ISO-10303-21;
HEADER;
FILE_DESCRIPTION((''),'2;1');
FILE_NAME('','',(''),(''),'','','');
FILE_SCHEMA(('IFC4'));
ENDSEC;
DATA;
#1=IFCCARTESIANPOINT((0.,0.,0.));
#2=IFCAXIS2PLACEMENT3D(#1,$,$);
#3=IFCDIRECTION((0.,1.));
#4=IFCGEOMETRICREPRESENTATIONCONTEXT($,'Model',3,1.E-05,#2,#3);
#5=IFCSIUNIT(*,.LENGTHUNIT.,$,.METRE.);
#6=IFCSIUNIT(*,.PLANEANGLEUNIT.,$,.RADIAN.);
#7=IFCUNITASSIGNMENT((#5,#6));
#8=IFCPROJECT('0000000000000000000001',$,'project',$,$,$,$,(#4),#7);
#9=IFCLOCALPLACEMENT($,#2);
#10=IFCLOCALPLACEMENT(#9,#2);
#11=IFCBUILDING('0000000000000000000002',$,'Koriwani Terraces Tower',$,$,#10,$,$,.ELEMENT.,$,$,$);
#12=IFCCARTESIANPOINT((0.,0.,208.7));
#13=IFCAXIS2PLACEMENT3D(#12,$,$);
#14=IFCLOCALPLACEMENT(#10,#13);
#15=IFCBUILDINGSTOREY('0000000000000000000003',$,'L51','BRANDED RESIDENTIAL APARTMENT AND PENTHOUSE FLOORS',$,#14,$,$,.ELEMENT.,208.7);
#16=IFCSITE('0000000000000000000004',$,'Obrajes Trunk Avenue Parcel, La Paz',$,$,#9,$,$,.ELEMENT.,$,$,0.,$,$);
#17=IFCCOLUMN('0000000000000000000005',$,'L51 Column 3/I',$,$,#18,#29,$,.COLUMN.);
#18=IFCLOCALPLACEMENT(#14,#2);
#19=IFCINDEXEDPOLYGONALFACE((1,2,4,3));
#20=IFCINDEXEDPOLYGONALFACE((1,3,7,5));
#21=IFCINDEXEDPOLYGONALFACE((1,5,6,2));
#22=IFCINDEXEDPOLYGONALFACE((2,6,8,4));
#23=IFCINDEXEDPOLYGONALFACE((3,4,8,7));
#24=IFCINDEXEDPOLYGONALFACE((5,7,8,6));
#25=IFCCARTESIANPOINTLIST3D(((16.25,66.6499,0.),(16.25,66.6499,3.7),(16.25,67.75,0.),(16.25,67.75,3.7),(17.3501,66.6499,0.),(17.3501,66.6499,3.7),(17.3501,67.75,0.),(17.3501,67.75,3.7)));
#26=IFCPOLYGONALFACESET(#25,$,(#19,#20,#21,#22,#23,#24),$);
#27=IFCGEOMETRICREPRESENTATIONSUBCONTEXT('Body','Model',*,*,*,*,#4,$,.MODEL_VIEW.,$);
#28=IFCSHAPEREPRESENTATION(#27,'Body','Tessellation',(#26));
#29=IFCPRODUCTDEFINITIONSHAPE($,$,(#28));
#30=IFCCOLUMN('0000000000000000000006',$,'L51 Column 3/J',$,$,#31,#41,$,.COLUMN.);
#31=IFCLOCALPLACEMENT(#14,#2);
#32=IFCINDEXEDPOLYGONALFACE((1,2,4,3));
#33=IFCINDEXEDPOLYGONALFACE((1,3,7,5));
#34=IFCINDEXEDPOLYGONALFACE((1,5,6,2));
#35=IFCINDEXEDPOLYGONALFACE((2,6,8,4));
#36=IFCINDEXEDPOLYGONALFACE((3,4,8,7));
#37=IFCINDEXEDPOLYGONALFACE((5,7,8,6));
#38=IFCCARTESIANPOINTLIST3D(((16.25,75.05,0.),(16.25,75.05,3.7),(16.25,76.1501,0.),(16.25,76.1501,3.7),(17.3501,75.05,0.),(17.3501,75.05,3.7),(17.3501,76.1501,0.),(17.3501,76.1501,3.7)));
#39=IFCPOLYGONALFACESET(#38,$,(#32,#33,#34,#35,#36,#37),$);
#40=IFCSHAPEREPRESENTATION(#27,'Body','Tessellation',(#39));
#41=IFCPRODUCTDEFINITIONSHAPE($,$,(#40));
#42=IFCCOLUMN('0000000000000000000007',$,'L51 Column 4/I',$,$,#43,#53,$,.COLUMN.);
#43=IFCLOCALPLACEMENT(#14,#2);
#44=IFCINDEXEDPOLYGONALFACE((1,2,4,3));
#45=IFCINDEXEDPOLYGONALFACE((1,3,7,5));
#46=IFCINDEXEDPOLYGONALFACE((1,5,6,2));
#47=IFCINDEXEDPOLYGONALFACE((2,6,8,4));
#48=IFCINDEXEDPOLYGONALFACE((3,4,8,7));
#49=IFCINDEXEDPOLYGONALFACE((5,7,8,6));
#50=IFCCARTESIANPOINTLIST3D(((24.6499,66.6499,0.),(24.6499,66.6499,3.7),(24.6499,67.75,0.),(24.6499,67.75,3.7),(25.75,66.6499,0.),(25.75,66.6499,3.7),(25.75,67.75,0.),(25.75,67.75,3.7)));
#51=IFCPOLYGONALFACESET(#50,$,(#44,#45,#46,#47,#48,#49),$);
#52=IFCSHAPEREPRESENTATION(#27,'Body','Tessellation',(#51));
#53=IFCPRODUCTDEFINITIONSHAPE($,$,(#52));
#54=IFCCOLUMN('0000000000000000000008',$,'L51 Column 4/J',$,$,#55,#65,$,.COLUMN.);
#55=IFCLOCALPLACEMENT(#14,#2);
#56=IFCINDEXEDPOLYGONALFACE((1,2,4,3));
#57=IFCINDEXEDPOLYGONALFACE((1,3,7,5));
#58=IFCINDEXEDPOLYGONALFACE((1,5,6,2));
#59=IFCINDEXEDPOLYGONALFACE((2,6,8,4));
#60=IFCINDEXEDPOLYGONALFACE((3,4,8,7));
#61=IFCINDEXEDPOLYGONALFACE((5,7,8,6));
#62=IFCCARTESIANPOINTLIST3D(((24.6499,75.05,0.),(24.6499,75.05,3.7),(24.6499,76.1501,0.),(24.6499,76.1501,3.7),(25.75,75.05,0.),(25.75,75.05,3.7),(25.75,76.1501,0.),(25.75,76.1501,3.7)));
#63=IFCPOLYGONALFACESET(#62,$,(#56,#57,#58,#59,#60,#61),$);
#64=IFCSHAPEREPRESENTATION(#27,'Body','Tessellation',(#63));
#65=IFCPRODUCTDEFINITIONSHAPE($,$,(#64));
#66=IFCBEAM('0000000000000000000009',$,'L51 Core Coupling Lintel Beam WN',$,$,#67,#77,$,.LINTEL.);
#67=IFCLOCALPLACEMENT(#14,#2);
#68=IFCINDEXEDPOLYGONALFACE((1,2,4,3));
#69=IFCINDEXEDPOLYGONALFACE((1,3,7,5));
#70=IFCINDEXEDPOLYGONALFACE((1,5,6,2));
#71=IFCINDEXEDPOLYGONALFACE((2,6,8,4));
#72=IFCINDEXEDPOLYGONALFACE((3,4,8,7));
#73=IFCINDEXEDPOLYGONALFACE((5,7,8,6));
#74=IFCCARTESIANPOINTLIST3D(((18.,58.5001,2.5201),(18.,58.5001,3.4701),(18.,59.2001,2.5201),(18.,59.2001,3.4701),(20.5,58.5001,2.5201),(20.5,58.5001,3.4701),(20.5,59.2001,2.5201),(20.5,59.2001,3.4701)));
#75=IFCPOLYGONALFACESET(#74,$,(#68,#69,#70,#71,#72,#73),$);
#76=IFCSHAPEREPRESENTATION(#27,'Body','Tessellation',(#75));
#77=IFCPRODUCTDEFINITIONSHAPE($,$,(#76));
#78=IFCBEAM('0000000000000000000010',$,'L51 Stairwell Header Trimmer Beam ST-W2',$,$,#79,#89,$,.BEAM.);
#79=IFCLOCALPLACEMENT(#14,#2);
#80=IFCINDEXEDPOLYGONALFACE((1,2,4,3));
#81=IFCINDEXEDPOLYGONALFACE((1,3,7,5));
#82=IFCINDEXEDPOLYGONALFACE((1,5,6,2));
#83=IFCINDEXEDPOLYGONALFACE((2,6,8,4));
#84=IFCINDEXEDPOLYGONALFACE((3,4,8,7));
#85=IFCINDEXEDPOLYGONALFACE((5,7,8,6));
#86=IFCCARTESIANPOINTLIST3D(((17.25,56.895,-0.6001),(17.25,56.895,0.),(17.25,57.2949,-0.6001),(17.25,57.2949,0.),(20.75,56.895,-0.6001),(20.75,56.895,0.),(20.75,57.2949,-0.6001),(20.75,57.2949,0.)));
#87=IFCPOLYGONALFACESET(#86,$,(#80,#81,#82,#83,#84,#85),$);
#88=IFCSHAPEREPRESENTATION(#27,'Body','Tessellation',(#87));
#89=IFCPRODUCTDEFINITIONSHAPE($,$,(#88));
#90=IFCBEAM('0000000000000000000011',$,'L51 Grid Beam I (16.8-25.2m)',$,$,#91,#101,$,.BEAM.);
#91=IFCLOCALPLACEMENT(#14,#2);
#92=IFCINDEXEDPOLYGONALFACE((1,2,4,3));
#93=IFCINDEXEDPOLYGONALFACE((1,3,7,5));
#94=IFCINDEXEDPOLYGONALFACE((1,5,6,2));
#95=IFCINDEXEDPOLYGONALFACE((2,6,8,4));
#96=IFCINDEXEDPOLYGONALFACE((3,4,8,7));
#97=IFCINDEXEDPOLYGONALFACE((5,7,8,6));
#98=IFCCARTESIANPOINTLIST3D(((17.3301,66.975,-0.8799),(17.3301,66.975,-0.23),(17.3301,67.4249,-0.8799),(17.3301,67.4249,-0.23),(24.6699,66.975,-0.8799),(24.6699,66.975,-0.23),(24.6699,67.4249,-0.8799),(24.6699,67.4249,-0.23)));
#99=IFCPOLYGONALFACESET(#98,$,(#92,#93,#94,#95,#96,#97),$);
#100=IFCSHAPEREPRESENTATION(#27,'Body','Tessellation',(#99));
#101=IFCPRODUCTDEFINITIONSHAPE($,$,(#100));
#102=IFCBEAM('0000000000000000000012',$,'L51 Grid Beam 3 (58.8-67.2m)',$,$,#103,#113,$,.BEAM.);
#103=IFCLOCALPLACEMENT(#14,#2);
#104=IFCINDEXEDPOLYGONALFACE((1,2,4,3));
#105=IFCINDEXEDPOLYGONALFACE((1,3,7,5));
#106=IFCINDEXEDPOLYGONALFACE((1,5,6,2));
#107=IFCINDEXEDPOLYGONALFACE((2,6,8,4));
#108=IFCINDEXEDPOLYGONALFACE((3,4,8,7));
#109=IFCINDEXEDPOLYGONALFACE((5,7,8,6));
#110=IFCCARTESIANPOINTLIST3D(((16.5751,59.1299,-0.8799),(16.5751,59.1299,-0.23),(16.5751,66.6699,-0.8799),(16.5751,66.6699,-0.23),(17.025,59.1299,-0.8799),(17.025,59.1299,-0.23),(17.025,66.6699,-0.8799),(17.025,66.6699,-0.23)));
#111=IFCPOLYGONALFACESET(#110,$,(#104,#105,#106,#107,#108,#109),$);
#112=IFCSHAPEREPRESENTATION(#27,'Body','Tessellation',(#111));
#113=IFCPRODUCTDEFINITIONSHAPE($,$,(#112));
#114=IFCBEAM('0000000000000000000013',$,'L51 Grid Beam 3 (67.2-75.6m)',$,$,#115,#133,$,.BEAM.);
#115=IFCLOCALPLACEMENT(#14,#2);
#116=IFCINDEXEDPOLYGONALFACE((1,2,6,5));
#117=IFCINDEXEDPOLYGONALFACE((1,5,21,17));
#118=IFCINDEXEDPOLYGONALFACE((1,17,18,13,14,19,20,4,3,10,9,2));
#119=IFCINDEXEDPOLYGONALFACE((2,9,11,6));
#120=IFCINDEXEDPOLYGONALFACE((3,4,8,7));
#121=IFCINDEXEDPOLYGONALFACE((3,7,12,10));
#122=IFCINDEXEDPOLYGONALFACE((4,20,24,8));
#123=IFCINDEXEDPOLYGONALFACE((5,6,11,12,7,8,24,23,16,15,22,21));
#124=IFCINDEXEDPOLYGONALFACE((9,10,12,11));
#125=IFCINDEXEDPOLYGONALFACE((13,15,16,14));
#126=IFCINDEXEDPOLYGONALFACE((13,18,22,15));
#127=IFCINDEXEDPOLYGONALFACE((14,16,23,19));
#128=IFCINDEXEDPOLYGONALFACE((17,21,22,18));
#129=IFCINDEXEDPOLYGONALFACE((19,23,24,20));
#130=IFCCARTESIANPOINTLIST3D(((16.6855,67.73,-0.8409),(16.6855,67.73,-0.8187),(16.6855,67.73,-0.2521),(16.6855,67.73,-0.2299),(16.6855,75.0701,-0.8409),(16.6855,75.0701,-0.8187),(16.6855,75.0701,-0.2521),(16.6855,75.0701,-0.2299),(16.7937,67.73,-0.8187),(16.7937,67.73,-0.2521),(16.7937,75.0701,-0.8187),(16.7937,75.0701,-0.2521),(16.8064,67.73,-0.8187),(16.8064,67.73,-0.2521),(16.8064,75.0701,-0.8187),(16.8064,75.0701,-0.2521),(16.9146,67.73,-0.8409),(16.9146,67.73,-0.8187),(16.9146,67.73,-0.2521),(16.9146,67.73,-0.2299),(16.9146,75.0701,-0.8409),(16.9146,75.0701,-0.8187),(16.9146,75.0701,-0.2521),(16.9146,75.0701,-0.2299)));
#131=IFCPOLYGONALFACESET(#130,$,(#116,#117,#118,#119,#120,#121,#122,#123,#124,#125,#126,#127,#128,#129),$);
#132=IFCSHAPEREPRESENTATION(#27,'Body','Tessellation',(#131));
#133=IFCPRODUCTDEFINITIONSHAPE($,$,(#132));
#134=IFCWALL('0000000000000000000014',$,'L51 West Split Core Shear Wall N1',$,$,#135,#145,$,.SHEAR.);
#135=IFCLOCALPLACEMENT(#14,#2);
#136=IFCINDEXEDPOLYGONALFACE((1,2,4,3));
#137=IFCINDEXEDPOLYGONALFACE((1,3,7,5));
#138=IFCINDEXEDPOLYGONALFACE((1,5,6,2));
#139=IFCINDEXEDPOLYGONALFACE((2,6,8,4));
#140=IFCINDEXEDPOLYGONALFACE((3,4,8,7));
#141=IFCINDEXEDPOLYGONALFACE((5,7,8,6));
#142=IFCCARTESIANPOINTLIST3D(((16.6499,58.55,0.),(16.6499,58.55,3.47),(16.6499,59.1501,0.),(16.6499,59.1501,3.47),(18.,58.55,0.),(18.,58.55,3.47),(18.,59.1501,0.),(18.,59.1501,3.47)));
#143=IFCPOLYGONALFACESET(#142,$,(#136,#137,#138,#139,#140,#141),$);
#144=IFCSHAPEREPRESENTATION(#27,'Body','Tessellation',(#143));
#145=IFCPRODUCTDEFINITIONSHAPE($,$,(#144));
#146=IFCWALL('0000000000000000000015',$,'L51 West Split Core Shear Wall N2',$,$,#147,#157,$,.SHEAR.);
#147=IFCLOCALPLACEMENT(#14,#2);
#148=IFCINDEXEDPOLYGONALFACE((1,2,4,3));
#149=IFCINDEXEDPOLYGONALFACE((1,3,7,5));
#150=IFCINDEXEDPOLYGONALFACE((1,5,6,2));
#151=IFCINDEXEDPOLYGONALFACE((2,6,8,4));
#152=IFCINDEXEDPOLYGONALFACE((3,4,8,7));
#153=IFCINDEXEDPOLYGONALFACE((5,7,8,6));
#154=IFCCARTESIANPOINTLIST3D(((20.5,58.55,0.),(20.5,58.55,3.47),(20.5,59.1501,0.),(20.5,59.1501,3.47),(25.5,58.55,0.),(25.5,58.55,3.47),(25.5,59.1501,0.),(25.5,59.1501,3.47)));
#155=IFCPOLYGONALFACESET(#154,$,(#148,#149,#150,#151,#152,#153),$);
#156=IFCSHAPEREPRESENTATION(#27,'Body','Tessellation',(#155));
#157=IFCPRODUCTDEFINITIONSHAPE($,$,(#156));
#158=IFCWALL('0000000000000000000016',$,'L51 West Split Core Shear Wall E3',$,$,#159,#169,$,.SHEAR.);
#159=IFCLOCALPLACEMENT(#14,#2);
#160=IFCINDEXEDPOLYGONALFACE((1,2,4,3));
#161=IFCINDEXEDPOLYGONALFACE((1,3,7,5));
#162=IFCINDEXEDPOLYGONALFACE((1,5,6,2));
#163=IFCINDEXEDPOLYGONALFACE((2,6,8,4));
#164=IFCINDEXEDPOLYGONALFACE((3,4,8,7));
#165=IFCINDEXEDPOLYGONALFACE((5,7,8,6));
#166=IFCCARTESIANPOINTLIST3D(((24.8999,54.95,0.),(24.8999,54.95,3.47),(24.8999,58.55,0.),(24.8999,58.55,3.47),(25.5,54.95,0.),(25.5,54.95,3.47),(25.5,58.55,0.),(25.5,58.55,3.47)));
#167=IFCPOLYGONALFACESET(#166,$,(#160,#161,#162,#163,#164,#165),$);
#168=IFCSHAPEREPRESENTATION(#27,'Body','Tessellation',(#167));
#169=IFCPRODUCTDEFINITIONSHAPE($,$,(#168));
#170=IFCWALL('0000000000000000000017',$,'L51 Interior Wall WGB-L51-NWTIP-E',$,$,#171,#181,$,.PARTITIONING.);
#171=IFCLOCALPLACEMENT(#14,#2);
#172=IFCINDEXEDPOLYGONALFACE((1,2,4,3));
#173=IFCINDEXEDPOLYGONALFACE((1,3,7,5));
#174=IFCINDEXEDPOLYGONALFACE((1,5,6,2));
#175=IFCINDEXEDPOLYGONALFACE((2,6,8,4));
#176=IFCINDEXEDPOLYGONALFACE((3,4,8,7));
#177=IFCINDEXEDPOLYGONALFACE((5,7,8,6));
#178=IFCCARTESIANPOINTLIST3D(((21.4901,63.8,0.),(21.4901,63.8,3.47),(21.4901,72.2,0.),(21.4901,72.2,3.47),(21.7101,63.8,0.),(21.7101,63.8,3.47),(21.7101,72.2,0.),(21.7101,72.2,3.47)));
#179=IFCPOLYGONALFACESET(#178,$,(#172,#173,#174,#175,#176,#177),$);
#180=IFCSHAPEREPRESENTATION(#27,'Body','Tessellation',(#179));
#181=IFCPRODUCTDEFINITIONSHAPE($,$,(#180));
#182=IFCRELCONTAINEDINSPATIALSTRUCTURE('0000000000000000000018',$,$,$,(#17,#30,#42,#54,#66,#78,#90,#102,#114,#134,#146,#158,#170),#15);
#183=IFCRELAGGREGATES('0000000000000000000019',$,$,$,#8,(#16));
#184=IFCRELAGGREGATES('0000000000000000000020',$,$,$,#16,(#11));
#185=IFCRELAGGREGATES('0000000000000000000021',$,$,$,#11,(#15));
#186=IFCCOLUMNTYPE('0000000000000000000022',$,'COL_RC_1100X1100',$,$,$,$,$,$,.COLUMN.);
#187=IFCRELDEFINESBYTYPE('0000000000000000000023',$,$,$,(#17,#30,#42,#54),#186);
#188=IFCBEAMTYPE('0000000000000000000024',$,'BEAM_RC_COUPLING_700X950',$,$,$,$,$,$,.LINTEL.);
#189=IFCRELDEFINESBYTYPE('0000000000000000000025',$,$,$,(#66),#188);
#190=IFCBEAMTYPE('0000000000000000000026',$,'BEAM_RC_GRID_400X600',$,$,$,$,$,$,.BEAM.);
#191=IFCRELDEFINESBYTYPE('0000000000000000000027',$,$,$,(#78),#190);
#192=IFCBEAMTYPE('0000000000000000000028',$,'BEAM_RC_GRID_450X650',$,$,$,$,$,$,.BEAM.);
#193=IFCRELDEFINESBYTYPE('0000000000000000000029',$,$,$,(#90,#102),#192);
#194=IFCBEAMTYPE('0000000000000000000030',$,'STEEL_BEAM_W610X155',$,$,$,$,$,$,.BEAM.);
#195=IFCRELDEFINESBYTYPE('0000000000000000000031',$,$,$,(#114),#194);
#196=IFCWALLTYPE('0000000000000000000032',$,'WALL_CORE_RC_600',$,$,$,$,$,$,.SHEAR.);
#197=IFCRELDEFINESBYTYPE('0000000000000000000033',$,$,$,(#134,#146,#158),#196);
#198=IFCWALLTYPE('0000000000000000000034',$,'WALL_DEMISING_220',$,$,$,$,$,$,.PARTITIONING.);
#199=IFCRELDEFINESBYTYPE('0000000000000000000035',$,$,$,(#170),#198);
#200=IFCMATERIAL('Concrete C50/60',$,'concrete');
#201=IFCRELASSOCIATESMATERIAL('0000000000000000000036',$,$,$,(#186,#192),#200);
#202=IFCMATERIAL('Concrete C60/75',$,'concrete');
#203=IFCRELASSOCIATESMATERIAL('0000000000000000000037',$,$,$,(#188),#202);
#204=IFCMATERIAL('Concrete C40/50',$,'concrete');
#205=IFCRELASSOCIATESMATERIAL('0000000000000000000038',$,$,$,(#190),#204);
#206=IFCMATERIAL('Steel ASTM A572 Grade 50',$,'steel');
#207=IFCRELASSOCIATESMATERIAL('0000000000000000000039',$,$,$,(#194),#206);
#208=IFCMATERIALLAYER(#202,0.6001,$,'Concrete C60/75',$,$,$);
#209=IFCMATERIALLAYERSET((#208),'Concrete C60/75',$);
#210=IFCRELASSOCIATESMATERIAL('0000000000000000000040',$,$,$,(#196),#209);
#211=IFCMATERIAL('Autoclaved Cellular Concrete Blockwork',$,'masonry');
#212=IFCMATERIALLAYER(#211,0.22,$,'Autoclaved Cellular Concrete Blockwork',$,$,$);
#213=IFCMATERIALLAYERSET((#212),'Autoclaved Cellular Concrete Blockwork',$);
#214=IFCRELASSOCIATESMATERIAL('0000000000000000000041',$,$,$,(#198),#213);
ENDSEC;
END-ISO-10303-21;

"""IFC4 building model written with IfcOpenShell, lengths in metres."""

from ifc_helpers import new_model, si_unit, direction, frame, frame_2d, origin, origin_2d, place, context, subcontext, project, spatial, rectangle, i_section, extrude, material, layer, layer_set, material_profile, profile_set, type_object, element, save


model = new_model("IFC4")

# Units and contexts
model_context = context("Model", 3, precision=1e-05, world=origin(), true_north=direction((0.0, 1.0)))
body_context = subcontext(model_context, "Body", "Model", "MODEL_VIEW")
ifc_project = project(units=[si_unit("LENGTHUNIT", "METRE"), si_unit("PLANEANGLEUNIT", "RADIAN")], contexts=[model_context])

# Site, building, storey
site_placement = place(None, origin())
site = spatial("IfcSite", under=ifc_project, at=site_placement, Name="Obrajes Trunk Avenue Parcel, La Paz", CompositionType="ELEMENT", RefElevation=0.0)
building_placement = place(site_placement, origin())
building = spatial("IfcBuilding", under=site, at=building_placement, Name="Koriwani Terraces Tower", CompositionType="ELEMENT")
storey_placement = place(building_placement, frame((0.0, 0.0, 208.7)))
storey = spatial("IfcBuildingStorey", under=building, at=storey_placement, Name="L51", Description="BRANDED RESIDENTIAL APARTMENT AND PENTHOUSE FLOORS", CompositionType="ELEMENT", Elevation=208.7)

# Columns
ifc_material_1 = material(Name="Concrete C50/60", Category="concrete")
ifc_material_profile_1 = material_profile(ifc_material_1, rectangle(XDim=1.1001, YDim=1.1001, at=origin_2d()), Name="Concrete C50/60", Category="LoadBearing")
ifc_profile_set_1 = profile_set([ifc_material_profile_1], Name="Concrete C50/60")
column_type = type_object("IfcColumnType", Name="COL_RC_1100X1100", PredefinedType="COLUMN", material=ifc_profile_set_1)
for number, where, z_axis, x_axis, name in (
    (1, (16.8, 67.2, 0.0), (0.0, 0.0, 1.0), (1.0, 0.0, 0.0), "L51 Column 3/I"),
    (2, (16.8, 75.6001, 0.0), (0.0, 0.0, 1.0), (1.0, 0.0, 0.0), "L51 Column 3/J"),
    (3, (25.2, 67.2, 0.0), (0.0, 0.0, 1.0), (1.0, 0.0, 0.0), "L51 Column 4/I"),
    (4, (25.2, 75.6001, 0.0), (0.0, 0.0, 1.0), (1.0, 0.0, 0.0), "L51 Column 4/J"),
):
    element("IfcColumn", number, at=place(storey_placement, frame(where, z_axis=z_axis, x_axis=x_axis)), inside=storey, type_object=column_type, Name=name, PredefinedType="COLUMN", context=body_context, shape_type="SweptSolid", body=[
        extrude(rectangle(XDim=1.1001, YDim=1.1001, at=origin_2d()), origin(), (0.0, 0.0, 1.0), 3.7),
    ])

# Beams
ifc_material_2 = material(Name="Concrete C60/75", Category="concrete")
ifc_material_profile_2 = material_profile(ifc_material_2, rectangle(XDim=0.7, YDim=0.95, at=origin_2d()), Name="Concrete C60/75", Category="LoadBearing")
ifc_profile_set_2 = profile_set([ifc_material_profile_2], Name="Concrete C60/75")
beam_type_1 = type_object("IfcBeamType", Name="BEAM_RC_COUPLING_700X950", PredefinedType="LINTEL", material=ifc_profile_set_2)
beam_1_placement = place(storey_placement, frame((18.0, 58.8501, 2.9951), z_axis=(1.0, 0.0, 0.0), x_axis=(0.0, 1.0, 0.0)))
element("IfcBeam", 5, at=beam_1_placement, inside=storey, type_object=beam_type_1, Name="L51 Core Coupling Lintel Beam WN", PredefinedType="LINTEL", context=body_context, shape_type="SweptSolid", body=[
    extrude(rectangle(XDim=0.7, YDim=0.95, at=origin_2d()), origin(), (0.0, 0.0, 1.0), 2.5),
])
ifc_material_3 = material(Name="Concrete C40/50", Category="concrete")
ifc_material_profile_3 = material_profile(ifc_material_3, rectangle(XDim=0.3999, YDim=0.6001, at=origin_2d()), Name="Concrete C40/50", Category="LoadBearing")
ifc_profile_set_3 = profile_set([ifc_material_profile_3], Name="Concrete C40/50")
beam_type_2 = type_object("IfcBeamType", Name="BEAM_RC_GRID_400X600", PredefinedType="BEAM", material=ifc_profile_set_3)
beam_2_placement = place(storey_placement, frame((17.25, 57.095, -0.3), z_axis=(1.0, 0.0, 0.0), x_axis=(0.0, 1.0, 0.0)))
element("IfcBeam", 6, at=beam_2_placement, inside=storey, type_object=beam_type_2, Name="L51 Stairwell Header Trimmer Beam ST-W2", PredefinedType="BEAM", context=body_context, shape_type="SweptSolid", body=[
    extrude(rectangle(XDim=0.3999, YDim=0.6001, at=origin_2d()), origin(), (0.0, 0.0, 1.0), 3.5),
])
ifc_material_profile_4 = material_profile(ifc_material_1, rectangle(XDim=0.45, YDim=0.6499, at=origin_2d()), Name="Concrete C50/60", Category="LoadBearing")
ifc_profile_set_4 = profile_set([ifc_material_profile_4], Name="Concrete C50/60")
beam_type_3 = type_object("IfcBeamType", Name="BEAM_RC_GRID_450X650", PredefinedType="BEAM", material=ifc_profile_set_4)
beam_3_placement = place(storey_placement, frame((17.3301, 67.2, -0.5549), z_axis=(1.0, 0.0, 0.0), x_axis=(0.0, 1.0, 0.0)))
element("IfcBeam", 7, at=beam_3_placement, inside=storey, type_object=beam_type_3, Name="L51 Grid Beam I (16.8-25.2m)", PredefinedType="BEAM", context=body_context, shape_type="SweptSolid", body=[
    extrude(rectangle(XDim=0.45, YDim=0.6499, at=origin_2d()), origin(), (0.0, 0.0, 1.0), 7.3398),
])
beam_4_placement = place(storey_placement, frame((16.8, 59.1299, -0.5549), z_axis=(0.0, 1.0, 0.0), x_axis=(-1.0, 0.0, 0.0)))
element("IfcBeam", 8, at=beam_4_placement, inside=storey, type_object=beam_type_3, Name="L51 Grid Beam 3 (58.8-67.2m)", PredefinedType="BEAM", context=body_context, shape_type="SweptSolid", body=[
    extrude(rectangle(XDim=0.45, YDim=0.6499, at=origin_2d()), origin(), (0.0, 0.0, 1.0), 7.54),
])
ifc_material_4 = material(Name="Steel ASTM A572 Grade 50", Category="steel")
ifc_material_profile_5 = material_profile(ifc_material_4, i_section(OverallWidth=0.229, OverallDepth=0.6111, WebThickness=0.0127, FlangeThickness=0.0222, at=origin_2d()), Name="Steel ASTM A572 Grade 50", Category="LoadBearing")
ifc_profile_set_5 = profile_set([ifc_material_profile_5], Name="Steel ASTM A572 Grade 50")
beam_type_4 = type_object("IfcBeamType", Name="STEEL_BEAM_W610X155", PredefinedType="BEAM", material=ifc_profile_set_5)
beam_5_placement = place(storey_placement, frame((16.8, 67.73, -0.5354), z_axis=(0.0, 1.0, 0.0), x_axis=(-1.0, 0.0, 0.0)))
element("IfcBeam", 9, at=beam_5_placement, inside=storey, type_object=beam_type_4, Name="L51 Grid Beam 3 (67.2-75.6m)", PredefinedType="BEAM", context=body_context, shape_type="SweptSolid", body=[
    extrude(i_section(OverallWidth=0.229, OverallDepth=0.6111, WebThickness=0.0127, FlangeThickness=0.0222, at=origin_2d()), origin(), (0.0, 0.0, 1.0), 7.3401),
])

# Walls
ifc_layer_1 = layer(ifc_material_2, 0.6001, Name="Concrete C60/75")
ifc_layer_set_1 = layer_set([ifc_layer_1], Name="Concrete C60/75")
wall_type_1 = type_object("IfcWallType", Name="WALL_CORE_RC_600", PredefinedType="SHEAR", material=ifc_layer_set_1)
wall_1_placement = place(storey_placement, frame((16.6499, 58.8501, 0.0), z_axis=(0.0, 0.0, 1.0), x_axis=(1.0, 0.0, 0.0)))
element("IfcWall", 10, at=wall_1_placement, inside=storey, type_object=wall_type_1, Name="L51 West Split Core Shear Wall N1", PredefinedType="SHEAR", context=body_context, shape_type="SweptSolid", body=[
    extrude(rectangle(XDim=1.3501, YDim=0.6001, at=frame_2d((0.675, 0.0))), origin(), (0.0, 0.0, 1.0), 3.47),
])
wall_2_placement = place(storey_placement, frame((20.5, 58.8501, 0.0), z_axis=(0.0, 0.0, 1.0), x_axis=(1.0, 0.0, 0.0)))
element("IfcWall", 11, at=wall_2_placement, inside=storey, type_object=wall_type_1, Name="L51 West Split Core Shear Wall N2", PredefinedType="SHEAR", context=body_context, shape_type="SweptSolid", body=[
    extrude(rectangle(XDim=5.0, YDim=0.6001, at=frame_2d((2.5, 0.0))), origin(), (0.0, 0.0, 1.0), 3.47),
])
wall_3_placement = place(storey_placement, frame((25.2, 54.95, 0.0), z_axis=(0.0, 0.0, 1.0), x_axis=(0.0, 1.0, 0.0)))
element("IfcWall", 12, at=wall_3_placement, inside=storey, type_object=wall_type_1, Name="L51 West Split Core Shear Wall E3", PredefinedType="SHEAR", context=body_context, shape_type="SweptSolid", body=[
    extrude(rectangle(XDim=3.6001, YDim=0.6001, at=frame_2d((1.8, 0.0))), origin(), (0.0, 0.0, 1.0), 3.47),
])
ifc_material_5 = material(Name="Autoclaved Cellular Concrete Blockwork", Category="masonry")
ifc_layer_2 = layer(ifc_material_5, 0.22, Name="Autoclaved Cellular Concrete Blockwork")
ifc_layer_set_2 = layer_set([ifc_layer_2], Name="Autoclaved Cellular Concrete Blockwork")
wall_type_2 = type_object("IfcWallType", Name="WALL_DEMISING_220", PredefinedType="PARTITIONING", material=ifc_layer_set_2)
wall_4_placement = place(storey_placement, frame((21.6001, 63.8, 0.0), z_axis=(0.0, 0.0, 1.0), x_axis=(0.0, 1.0, 0.0)))
element("IfcWall", 13, at=wall_4_placement, inside=storey, type_object=wall_type_2, Name="L51 Interior Wall WGB-L51-NWTIP-E", PredefinedType="PARTITIONING", context=body_context, shape_type="SweptSolid", body=[
    extrude(rectangle(XDim=8.3999, YDim=0.22, at=frame_2d((4.2, 0.0))), origin(), (0.0, 0.0, 1.0), 3.47),
])

save(model, "model.ifc")
